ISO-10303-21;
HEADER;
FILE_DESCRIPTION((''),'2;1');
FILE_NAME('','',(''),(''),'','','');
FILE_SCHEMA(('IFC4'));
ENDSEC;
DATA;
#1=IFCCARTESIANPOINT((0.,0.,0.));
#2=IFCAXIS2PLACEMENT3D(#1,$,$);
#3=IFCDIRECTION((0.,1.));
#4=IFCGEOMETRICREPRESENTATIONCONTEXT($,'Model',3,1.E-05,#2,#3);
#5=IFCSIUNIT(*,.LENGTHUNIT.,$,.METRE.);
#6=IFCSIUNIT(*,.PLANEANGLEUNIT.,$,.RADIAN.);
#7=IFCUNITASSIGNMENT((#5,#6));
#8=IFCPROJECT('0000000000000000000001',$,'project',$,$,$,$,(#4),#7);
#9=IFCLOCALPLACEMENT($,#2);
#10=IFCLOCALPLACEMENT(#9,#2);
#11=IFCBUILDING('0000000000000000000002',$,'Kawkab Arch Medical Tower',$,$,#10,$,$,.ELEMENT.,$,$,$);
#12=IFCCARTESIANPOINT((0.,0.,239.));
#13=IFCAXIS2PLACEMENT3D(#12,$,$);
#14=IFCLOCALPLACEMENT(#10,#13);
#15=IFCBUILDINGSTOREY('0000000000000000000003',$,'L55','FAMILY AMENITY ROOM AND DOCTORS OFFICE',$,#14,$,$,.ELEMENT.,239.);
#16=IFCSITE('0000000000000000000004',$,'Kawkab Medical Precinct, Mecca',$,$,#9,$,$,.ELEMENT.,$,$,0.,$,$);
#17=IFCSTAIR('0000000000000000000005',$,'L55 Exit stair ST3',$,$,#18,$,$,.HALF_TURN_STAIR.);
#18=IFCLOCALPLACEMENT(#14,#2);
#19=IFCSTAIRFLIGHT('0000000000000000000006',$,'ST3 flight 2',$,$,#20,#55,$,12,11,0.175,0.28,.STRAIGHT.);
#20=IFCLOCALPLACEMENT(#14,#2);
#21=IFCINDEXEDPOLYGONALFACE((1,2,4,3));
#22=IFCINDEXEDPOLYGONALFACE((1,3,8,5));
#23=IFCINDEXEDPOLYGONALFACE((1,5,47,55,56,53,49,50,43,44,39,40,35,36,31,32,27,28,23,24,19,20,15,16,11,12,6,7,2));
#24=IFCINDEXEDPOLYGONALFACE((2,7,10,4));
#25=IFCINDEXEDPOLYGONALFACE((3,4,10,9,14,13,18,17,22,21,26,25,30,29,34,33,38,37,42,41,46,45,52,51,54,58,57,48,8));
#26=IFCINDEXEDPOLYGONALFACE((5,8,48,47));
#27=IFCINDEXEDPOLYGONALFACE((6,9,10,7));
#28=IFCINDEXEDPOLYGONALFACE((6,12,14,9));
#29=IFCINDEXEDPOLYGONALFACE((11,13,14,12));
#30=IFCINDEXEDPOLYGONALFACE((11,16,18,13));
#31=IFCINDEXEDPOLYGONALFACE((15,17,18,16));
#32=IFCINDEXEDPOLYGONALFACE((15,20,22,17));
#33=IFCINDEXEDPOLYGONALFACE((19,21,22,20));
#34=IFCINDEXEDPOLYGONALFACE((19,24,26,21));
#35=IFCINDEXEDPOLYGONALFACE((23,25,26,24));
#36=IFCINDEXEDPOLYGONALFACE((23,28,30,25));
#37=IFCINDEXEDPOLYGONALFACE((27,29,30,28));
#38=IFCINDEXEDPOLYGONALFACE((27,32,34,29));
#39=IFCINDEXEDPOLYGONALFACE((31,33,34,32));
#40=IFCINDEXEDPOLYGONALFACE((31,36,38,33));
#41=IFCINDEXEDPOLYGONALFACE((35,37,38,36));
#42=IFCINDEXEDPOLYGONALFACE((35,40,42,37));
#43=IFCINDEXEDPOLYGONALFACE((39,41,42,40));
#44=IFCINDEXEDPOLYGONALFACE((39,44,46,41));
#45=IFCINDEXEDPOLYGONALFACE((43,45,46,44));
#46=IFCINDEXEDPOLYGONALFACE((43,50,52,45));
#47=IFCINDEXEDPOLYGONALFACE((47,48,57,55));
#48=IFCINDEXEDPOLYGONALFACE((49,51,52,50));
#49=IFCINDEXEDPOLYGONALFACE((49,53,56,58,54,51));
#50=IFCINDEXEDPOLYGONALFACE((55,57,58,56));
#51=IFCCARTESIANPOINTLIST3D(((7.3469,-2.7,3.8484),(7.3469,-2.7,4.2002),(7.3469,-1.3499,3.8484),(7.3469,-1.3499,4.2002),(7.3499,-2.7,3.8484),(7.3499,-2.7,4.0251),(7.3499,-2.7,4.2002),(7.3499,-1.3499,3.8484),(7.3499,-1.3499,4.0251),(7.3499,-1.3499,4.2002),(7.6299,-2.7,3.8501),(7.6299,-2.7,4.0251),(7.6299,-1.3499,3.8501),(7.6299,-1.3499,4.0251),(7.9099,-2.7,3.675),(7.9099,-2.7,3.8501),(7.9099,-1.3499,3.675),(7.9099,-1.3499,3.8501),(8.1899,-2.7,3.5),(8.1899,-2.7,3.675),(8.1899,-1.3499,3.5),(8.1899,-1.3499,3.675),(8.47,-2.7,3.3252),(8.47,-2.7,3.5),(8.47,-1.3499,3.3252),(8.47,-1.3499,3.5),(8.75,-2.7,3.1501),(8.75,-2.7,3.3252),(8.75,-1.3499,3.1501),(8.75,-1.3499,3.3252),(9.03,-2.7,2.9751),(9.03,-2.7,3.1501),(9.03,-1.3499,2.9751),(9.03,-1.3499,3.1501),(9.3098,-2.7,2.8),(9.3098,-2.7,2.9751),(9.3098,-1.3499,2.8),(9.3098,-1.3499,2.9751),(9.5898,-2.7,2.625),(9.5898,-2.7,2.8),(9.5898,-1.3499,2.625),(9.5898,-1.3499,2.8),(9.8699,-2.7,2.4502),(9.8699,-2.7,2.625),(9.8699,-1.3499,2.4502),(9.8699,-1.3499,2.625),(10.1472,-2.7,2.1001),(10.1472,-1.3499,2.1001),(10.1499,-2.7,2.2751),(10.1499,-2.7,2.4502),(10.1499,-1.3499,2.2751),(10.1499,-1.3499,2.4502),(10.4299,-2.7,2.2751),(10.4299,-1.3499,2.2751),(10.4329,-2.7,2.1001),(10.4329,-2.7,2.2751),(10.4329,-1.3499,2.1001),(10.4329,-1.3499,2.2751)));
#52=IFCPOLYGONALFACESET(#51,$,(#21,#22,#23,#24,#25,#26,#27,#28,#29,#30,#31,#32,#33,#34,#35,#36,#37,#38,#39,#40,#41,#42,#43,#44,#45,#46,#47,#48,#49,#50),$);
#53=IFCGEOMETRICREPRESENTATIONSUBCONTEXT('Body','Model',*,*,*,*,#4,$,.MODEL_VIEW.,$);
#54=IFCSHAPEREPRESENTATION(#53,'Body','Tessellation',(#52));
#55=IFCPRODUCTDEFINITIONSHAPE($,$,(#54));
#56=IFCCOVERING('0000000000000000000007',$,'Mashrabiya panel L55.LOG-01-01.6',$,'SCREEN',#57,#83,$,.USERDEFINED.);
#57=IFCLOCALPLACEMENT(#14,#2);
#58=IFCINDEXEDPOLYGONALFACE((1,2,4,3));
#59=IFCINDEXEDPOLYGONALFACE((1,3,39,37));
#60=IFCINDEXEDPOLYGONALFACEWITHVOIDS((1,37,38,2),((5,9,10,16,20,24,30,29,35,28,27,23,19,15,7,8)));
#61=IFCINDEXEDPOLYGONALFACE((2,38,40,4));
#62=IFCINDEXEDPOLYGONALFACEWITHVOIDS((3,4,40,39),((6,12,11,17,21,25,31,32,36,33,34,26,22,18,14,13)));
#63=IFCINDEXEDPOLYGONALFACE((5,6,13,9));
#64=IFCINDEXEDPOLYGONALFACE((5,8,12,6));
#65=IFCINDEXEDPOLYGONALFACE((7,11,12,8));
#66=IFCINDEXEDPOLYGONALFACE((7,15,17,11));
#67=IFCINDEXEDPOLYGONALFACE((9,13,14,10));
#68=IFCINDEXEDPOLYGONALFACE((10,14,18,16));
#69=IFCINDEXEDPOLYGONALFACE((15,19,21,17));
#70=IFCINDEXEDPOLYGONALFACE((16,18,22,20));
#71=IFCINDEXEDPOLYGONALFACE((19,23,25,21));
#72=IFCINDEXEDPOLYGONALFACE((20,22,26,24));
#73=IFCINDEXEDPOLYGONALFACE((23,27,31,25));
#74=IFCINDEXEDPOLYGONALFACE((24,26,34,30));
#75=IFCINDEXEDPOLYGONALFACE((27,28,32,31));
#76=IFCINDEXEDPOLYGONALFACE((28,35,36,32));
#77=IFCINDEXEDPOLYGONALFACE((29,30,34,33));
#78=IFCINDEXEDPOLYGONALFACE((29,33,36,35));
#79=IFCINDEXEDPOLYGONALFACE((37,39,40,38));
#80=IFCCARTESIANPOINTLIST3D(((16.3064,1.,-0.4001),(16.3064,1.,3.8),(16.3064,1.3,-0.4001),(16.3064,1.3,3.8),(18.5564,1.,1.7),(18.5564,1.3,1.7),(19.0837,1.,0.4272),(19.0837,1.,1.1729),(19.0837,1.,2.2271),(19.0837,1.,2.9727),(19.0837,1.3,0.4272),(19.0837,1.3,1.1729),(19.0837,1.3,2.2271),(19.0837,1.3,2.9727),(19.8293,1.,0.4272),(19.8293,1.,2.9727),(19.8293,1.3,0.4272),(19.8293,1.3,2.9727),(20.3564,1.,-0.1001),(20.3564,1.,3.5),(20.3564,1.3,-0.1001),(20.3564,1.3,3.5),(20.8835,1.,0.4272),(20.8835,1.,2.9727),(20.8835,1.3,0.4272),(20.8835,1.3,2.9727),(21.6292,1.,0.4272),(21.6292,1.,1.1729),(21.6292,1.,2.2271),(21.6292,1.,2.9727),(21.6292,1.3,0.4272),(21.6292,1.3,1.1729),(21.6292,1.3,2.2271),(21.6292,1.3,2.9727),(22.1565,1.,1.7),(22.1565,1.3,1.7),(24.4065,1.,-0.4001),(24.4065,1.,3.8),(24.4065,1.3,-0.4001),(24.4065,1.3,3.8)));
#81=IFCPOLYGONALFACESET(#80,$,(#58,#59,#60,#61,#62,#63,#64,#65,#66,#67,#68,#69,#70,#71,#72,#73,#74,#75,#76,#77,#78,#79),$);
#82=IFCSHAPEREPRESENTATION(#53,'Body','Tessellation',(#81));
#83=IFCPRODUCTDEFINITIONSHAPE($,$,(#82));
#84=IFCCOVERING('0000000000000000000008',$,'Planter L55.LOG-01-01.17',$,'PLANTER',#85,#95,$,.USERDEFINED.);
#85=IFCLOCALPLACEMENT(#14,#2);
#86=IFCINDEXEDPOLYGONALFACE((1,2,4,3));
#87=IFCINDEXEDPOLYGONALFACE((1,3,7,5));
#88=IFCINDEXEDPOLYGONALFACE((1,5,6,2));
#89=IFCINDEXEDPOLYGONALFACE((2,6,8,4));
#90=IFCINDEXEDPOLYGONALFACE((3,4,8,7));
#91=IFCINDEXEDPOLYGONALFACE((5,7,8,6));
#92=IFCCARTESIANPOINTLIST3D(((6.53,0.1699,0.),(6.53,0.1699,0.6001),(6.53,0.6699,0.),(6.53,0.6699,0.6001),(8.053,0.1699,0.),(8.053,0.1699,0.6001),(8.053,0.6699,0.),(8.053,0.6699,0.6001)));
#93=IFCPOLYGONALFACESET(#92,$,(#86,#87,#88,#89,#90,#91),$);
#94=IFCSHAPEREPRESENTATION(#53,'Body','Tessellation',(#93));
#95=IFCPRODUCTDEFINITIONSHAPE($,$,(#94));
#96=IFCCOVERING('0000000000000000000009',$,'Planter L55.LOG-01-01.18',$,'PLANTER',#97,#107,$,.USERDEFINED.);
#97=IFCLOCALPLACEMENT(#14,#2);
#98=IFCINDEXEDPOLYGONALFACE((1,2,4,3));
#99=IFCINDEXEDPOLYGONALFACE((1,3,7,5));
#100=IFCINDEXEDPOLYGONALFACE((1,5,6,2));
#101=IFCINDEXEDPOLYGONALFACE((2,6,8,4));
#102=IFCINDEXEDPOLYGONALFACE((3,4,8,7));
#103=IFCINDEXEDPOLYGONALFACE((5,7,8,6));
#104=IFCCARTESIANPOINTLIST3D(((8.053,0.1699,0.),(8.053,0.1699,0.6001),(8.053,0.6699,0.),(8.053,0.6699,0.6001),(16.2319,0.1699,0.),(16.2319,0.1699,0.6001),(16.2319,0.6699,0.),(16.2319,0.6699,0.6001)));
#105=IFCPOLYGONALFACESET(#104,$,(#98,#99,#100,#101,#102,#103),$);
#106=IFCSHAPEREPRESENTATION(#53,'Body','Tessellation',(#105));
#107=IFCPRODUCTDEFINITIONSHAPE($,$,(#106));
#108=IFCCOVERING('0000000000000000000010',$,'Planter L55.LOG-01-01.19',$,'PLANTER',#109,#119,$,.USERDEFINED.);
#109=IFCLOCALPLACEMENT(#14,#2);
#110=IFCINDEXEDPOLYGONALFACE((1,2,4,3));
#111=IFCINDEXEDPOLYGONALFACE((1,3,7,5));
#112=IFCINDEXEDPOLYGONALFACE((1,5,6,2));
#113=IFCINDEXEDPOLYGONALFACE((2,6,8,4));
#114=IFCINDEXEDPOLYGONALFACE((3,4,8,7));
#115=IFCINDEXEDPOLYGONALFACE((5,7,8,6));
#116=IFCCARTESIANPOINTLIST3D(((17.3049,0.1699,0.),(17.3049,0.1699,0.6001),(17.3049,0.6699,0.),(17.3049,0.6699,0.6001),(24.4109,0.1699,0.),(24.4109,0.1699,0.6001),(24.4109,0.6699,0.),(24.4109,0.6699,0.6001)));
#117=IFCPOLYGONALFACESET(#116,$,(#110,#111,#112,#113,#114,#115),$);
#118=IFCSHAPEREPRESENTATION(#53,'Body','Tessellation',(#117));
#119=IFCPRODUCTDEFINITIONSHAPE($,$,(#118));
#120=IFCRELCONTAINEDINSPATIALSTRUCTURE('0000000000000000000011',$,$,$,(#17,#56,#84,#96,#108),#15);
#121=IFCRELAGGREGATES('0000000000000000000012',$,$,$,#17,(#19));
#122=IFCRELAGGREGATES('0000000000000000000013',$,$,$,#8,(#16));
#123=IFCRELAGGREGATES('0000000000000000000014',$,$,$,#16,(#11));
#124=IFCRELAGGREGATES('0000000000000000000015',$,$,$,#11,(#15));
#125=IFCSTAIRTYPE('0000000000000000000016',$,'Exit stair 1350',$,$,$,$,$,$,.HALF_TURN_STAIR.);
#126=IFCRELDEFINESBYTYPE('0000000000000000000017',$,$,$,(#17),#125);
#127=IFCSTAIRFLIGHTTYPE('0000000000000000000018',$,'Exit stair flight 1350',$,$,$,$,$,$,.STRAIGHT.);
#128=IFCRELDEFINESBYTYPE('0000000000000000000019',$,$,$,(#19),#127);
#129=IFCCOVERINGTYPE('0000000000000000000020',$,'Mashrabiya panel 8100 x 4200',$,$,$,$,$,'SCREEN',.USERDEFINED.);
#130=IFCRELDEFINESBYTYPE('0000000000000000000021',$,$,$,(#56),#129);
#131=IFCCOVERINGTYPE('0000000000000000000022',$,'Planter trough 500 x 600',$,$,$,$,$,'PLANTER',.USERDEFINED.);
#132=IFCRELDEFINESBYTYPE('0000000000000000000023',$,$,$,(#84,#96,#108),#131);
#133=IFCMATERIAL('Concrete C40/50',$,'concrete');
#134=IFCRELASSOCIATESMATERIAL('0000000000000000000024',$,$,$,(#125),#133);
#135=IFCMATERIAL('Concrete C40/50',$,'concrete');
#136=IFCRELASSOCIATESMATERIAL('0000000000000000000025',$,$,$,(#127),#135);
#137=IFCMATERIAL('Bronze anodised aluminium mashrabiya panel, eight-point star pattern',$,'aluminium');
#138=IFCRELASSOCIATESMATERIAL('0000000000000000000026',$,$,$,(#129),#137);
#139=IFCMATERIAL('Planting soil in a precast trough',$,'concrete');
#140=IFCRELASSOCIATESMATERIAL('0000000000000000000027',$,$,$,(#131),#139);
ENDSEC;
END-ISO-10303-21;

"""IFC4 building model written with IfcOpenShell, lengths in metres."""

from ifc_helpers import new_model, si_unit, direction, frame, origin, origin_2d, place, context, subcontext, project, spatial, polyline, rectangle, outline, extrude, material, material_profile, profile_set, type_object, element, aggregate, save


model = new_model("IFC4")

# Units and contexts
model_context = context("Model", 3, precision=1e-05, world=origin(), true_north=direction((0.0, 1.0)))
body_context = subcontext(model_context, "Body", "Model", "MODEL_VIEW")
ifc_project = project(units=[si_unit("LENGTHUNIT", "METRE"), si_unit("PLANEANGLEUNIT", "RADIAN")], contexts=[model_context])

# Site, building, storey
site_placement = place(None, origin())
site = spatial("IfcSite", under=ifc_project, at=site_placement, Name="Kawkab Medical Precinct, Mecca", CompositionType="ELEMENT", RefElevation=0.0)
building_placement = place(site_placement, origin())
building = spatial("IfcBuilding", under=site, at=building_placement, Name="Kawkab Arch Medical Tower", CompositionType="ELEMENT")
storey_placement = place(building_placement, frame((0.0, 0.0, 239.0)))
storey = spatial("IfcBuildingStorey", under=building, at=storey_placement, Name="L55", Description="FAMILY AMENITY ROOM AND DOCTORS OFFICE", CompositionType="ELEMENT", Elevation=239.0)

# Shared definitions
placement = place(storey_placement, origin())

# Stair, stair flight
ifc_material_1 = material(Name="Concrete C40/50", Category="concrete")
stair_type = type_object("IfcStairType", Name="Exit stair 1350", PredefinedType="HALF_TURN_STAIR", material=ifc_material_1)
stair = element("IfcStair", 1, at=placement, inside=storey, type_object=stair_type, Name="L55 Exit stair ST3", PredefinedType="HALF_TURN_STAIR")
ifc_material_2 = material(Name="Concrete C40/50", Category="concrete")
stair_flight_type = type_object("IfcStairFlightType", Name="Exit stair flight 1350", PredefinedType="STRAIGHT", material=ifc_material_2)
stair_flight_placement = place(storey_placement, frame((10.4299, -2.0249, 2.1001), z_axis=(0.0, 0.0, 1.0), x_axis=(-1.0, 0.0, 0.0)))
stair_flight = element("IfcStairFlight", 2, at=stair_flight_placement, type_object=stair_flight_type, Name="ST3 flight 2", NumberOfRisers=12, NumberOfTreads=11, PredefinedType="STRAIGHT", RiserHeight=0.175, TreadLength=0.28, context=body_context, shape_type="SweptSolid", body=[
    extrude(outline(polyline([(-0.0029, 0.0), (-0.0029, 0.175), (0.0, 0.175), (0.28, 0.175), (0.28, 0.3501), (0.5601, 0.3501), (0.5601, 0.5249), (0.8401, 0.5249), (0.8401, 0.7), (1.1201, 0.7), (1.1201, 0.875), (1.3999, 0.875), (1.3999, 1.05), (1.6799, 1.05), (1.6799, 1.2251), (1.96, 1.2251), (1.96, 1.3999), (2.24, 1.3999), (2.24, 1.575), (2.52, 1.575), (2.52, 1.75), (2.8, 1.75), (2.8, 1.925), (3.0801, 1.925), (3.0801, 2.1001), (3.083, 2.1001), (3.083, 1.7483), (3.0801, 1.7483), (0.2827, 0.0), (-0.0029, 0.0)])), frame((0.0, 0.675, 0.0), z_axis=(0.0, -1.0, 0.0), x_axis=(1.0, 0.0, 0.0)), (0.0, 0.0, 1.0), 1.3501),
])
aggregate(stair, [stair_flight])

# Coverings
ifc_material_3 = material(Name="Bronze anodised aluminium mashrabiya panel, eight-point star pattern", Category="aluminium")
ifc_material_profile_1 = material_profile(ifc_material_3, outline(polyline([(-4.05, -2.1001), (4.05, -2.1001), (4.05, 2.1001), (-4.05, 2.1001), (-4.05, -2.1001)]), holes=[polyline([(1.8, 0.0), (1.2727, 0.5271), (1.2727, 1.2727), (0.5271, 1.2727), (0.0, 1.8), (-0.5271, 1.2727), (-1.2727, 1.2727), (-1.2727, 0.5271), (-1.8, 0.0), (-1.2727, -0.5271), (-1.2727, -1.2727), (-0.5271, -1.2727), (0.0, -1.8), (0.5271, -1.2727), (1.2727, -1.2727), (1.2727, -0.5271), (1.8, 0.0)])]), Name="Mashrabiya panel 8100x4200")
ifc_profile_set_1 = profile_set([ifc_material_profile_1], Name="Bronze anodised aluminium mashrabiya panel, eight-point star pattern")
covering_type_1 = type_object("IfcCoveringType", Name="Mashrabiya panel 8100 x 4200", ElementType="SCREEN", PredefinedType="USERDEFINED", material=ifc_profile_set_1)
covering_1_placement = place(storey_placement, frame((20.3564, 1.0, 1.7), z_axis=(0.0, 1.0, 0.0), x_axis=(-1.0, 0.0, 0.0)))
element("IfcCovering", 3, at=covering_1_placement, inside=storey, type_object=covering_type_1, Name="Mashrabiya panel L55.LOG-01-01.6", ObjectType="SCREEN", PredefinedType="USERDEFINED", context=body_context, shape_type="SweptSolid", body=[
    extrude(outline(polyline([(-4.05, -2.1001), (4.05, -2.1001), (4.05, 2.1001), (-4.05, 2.1001), (-4.05, -2.1001)]), holes=[polyline([(1.8, 0.0), (1.2727, 0.5271), (1.2727, 1.2727), (0.5271, 1.2727), (0.0, 1.8), (-0.5271, 1.2727), (-1.2727, 1.2727), (-1.2727, 0.5271), (-1.8, 0.0), (-1.2727, -0.5271), (-1.2727, -1.2727), (-0.5271, -1.2727), (0.0, -1.8), (0.5271, -1.2727), (1.2727, -1.2727), (1.2727, -0.5271), (1.8, 0.0)])]), origin(), (0.0, 0.0, 1.0), 0.3),
])
ifc_material_4 = material(Name="Planting soil in a precast trough", Category="concrete")
ifc_material_profile_2 = material_profile(ifc_material_4, rectangle(XDim=0.5, YDim=0.6001, at=origin_2d()), Name="Trough 500x600")
ifc_profile_set_2 = profile_set([ifc_material_profile_2], Name="Planting soil in a precast trough")
covering_type_2 = type_object("IfcCoveringType", Name="Planter trough 500 x 600", ElementType="PLANTER", PredefinedType="USERDEFINED", material=ifc_profile_set_2)
covering_2_placement = place(storey_placement, frame((6.53, 0.4199, 0.3), z_axis=(1.0, 0.0, 0.0), x_axis=(0.0, 1.0, 0.0)))
element("IfcCovering", 4, at=covering_2_placement, inside=storey, type_object=covering_type_2, Name="Planter L55.LOG-01-01.17", ObjectType="PLANTER", PredefinedType="USERDEFINED", context=body_context, shape_type="SweptSolid", body=[
    extrude(rectangle(XDim=0.5, YDim=0.6001, at=origin_2d()), origin(), (0.0, 0.0, 1.0), 1.5229),
])
covering_3_placement = place(storey_placement, frame((8.053, 0.4199, 0.3), z_axis=(1.0, 0.0, 0.0), x_axis=(0.0, 1.0, 0.0)))
element("IfcCovering", 5, at=covering_3_placement, inside=storey, type_object=covering_type_2, Name="Planter L55.LOG-01-01.18", ObjectType="PLANTER", PredefinedType="USERDEFINED", context=body_context, shape_type="SweptSolid", body=[
    extrude(rectangle(XDim=0.5, YDim=0.6001, at=origin_2d()), origin(), (0.0, 0.0, 1.0), 8.179),
])
covering_4_placement = place(storey_placement, frame((17.3049, 0.4199, 0.3), z_axis=(1.0, 0.0, 0.0), x_axis=(0.0, 1.0, 0.0)))
element("IfcCovering", 6, at=covering_4_placement, inside=storey, type_object=covering_type_2, Name="Planter L55.LOG-01-01.19", ObjectType="PLANTER", PredefinedType="USERDEFINED", context=body_context, shape_type="SweptSolid", body=[
    extrude(rectangle(XDim=0.5, YDim=0.6001, at=origin_2d()), origin(), (0.0, 0.0, 1.0), 7.106),
])

save(model, "model.ifc")
